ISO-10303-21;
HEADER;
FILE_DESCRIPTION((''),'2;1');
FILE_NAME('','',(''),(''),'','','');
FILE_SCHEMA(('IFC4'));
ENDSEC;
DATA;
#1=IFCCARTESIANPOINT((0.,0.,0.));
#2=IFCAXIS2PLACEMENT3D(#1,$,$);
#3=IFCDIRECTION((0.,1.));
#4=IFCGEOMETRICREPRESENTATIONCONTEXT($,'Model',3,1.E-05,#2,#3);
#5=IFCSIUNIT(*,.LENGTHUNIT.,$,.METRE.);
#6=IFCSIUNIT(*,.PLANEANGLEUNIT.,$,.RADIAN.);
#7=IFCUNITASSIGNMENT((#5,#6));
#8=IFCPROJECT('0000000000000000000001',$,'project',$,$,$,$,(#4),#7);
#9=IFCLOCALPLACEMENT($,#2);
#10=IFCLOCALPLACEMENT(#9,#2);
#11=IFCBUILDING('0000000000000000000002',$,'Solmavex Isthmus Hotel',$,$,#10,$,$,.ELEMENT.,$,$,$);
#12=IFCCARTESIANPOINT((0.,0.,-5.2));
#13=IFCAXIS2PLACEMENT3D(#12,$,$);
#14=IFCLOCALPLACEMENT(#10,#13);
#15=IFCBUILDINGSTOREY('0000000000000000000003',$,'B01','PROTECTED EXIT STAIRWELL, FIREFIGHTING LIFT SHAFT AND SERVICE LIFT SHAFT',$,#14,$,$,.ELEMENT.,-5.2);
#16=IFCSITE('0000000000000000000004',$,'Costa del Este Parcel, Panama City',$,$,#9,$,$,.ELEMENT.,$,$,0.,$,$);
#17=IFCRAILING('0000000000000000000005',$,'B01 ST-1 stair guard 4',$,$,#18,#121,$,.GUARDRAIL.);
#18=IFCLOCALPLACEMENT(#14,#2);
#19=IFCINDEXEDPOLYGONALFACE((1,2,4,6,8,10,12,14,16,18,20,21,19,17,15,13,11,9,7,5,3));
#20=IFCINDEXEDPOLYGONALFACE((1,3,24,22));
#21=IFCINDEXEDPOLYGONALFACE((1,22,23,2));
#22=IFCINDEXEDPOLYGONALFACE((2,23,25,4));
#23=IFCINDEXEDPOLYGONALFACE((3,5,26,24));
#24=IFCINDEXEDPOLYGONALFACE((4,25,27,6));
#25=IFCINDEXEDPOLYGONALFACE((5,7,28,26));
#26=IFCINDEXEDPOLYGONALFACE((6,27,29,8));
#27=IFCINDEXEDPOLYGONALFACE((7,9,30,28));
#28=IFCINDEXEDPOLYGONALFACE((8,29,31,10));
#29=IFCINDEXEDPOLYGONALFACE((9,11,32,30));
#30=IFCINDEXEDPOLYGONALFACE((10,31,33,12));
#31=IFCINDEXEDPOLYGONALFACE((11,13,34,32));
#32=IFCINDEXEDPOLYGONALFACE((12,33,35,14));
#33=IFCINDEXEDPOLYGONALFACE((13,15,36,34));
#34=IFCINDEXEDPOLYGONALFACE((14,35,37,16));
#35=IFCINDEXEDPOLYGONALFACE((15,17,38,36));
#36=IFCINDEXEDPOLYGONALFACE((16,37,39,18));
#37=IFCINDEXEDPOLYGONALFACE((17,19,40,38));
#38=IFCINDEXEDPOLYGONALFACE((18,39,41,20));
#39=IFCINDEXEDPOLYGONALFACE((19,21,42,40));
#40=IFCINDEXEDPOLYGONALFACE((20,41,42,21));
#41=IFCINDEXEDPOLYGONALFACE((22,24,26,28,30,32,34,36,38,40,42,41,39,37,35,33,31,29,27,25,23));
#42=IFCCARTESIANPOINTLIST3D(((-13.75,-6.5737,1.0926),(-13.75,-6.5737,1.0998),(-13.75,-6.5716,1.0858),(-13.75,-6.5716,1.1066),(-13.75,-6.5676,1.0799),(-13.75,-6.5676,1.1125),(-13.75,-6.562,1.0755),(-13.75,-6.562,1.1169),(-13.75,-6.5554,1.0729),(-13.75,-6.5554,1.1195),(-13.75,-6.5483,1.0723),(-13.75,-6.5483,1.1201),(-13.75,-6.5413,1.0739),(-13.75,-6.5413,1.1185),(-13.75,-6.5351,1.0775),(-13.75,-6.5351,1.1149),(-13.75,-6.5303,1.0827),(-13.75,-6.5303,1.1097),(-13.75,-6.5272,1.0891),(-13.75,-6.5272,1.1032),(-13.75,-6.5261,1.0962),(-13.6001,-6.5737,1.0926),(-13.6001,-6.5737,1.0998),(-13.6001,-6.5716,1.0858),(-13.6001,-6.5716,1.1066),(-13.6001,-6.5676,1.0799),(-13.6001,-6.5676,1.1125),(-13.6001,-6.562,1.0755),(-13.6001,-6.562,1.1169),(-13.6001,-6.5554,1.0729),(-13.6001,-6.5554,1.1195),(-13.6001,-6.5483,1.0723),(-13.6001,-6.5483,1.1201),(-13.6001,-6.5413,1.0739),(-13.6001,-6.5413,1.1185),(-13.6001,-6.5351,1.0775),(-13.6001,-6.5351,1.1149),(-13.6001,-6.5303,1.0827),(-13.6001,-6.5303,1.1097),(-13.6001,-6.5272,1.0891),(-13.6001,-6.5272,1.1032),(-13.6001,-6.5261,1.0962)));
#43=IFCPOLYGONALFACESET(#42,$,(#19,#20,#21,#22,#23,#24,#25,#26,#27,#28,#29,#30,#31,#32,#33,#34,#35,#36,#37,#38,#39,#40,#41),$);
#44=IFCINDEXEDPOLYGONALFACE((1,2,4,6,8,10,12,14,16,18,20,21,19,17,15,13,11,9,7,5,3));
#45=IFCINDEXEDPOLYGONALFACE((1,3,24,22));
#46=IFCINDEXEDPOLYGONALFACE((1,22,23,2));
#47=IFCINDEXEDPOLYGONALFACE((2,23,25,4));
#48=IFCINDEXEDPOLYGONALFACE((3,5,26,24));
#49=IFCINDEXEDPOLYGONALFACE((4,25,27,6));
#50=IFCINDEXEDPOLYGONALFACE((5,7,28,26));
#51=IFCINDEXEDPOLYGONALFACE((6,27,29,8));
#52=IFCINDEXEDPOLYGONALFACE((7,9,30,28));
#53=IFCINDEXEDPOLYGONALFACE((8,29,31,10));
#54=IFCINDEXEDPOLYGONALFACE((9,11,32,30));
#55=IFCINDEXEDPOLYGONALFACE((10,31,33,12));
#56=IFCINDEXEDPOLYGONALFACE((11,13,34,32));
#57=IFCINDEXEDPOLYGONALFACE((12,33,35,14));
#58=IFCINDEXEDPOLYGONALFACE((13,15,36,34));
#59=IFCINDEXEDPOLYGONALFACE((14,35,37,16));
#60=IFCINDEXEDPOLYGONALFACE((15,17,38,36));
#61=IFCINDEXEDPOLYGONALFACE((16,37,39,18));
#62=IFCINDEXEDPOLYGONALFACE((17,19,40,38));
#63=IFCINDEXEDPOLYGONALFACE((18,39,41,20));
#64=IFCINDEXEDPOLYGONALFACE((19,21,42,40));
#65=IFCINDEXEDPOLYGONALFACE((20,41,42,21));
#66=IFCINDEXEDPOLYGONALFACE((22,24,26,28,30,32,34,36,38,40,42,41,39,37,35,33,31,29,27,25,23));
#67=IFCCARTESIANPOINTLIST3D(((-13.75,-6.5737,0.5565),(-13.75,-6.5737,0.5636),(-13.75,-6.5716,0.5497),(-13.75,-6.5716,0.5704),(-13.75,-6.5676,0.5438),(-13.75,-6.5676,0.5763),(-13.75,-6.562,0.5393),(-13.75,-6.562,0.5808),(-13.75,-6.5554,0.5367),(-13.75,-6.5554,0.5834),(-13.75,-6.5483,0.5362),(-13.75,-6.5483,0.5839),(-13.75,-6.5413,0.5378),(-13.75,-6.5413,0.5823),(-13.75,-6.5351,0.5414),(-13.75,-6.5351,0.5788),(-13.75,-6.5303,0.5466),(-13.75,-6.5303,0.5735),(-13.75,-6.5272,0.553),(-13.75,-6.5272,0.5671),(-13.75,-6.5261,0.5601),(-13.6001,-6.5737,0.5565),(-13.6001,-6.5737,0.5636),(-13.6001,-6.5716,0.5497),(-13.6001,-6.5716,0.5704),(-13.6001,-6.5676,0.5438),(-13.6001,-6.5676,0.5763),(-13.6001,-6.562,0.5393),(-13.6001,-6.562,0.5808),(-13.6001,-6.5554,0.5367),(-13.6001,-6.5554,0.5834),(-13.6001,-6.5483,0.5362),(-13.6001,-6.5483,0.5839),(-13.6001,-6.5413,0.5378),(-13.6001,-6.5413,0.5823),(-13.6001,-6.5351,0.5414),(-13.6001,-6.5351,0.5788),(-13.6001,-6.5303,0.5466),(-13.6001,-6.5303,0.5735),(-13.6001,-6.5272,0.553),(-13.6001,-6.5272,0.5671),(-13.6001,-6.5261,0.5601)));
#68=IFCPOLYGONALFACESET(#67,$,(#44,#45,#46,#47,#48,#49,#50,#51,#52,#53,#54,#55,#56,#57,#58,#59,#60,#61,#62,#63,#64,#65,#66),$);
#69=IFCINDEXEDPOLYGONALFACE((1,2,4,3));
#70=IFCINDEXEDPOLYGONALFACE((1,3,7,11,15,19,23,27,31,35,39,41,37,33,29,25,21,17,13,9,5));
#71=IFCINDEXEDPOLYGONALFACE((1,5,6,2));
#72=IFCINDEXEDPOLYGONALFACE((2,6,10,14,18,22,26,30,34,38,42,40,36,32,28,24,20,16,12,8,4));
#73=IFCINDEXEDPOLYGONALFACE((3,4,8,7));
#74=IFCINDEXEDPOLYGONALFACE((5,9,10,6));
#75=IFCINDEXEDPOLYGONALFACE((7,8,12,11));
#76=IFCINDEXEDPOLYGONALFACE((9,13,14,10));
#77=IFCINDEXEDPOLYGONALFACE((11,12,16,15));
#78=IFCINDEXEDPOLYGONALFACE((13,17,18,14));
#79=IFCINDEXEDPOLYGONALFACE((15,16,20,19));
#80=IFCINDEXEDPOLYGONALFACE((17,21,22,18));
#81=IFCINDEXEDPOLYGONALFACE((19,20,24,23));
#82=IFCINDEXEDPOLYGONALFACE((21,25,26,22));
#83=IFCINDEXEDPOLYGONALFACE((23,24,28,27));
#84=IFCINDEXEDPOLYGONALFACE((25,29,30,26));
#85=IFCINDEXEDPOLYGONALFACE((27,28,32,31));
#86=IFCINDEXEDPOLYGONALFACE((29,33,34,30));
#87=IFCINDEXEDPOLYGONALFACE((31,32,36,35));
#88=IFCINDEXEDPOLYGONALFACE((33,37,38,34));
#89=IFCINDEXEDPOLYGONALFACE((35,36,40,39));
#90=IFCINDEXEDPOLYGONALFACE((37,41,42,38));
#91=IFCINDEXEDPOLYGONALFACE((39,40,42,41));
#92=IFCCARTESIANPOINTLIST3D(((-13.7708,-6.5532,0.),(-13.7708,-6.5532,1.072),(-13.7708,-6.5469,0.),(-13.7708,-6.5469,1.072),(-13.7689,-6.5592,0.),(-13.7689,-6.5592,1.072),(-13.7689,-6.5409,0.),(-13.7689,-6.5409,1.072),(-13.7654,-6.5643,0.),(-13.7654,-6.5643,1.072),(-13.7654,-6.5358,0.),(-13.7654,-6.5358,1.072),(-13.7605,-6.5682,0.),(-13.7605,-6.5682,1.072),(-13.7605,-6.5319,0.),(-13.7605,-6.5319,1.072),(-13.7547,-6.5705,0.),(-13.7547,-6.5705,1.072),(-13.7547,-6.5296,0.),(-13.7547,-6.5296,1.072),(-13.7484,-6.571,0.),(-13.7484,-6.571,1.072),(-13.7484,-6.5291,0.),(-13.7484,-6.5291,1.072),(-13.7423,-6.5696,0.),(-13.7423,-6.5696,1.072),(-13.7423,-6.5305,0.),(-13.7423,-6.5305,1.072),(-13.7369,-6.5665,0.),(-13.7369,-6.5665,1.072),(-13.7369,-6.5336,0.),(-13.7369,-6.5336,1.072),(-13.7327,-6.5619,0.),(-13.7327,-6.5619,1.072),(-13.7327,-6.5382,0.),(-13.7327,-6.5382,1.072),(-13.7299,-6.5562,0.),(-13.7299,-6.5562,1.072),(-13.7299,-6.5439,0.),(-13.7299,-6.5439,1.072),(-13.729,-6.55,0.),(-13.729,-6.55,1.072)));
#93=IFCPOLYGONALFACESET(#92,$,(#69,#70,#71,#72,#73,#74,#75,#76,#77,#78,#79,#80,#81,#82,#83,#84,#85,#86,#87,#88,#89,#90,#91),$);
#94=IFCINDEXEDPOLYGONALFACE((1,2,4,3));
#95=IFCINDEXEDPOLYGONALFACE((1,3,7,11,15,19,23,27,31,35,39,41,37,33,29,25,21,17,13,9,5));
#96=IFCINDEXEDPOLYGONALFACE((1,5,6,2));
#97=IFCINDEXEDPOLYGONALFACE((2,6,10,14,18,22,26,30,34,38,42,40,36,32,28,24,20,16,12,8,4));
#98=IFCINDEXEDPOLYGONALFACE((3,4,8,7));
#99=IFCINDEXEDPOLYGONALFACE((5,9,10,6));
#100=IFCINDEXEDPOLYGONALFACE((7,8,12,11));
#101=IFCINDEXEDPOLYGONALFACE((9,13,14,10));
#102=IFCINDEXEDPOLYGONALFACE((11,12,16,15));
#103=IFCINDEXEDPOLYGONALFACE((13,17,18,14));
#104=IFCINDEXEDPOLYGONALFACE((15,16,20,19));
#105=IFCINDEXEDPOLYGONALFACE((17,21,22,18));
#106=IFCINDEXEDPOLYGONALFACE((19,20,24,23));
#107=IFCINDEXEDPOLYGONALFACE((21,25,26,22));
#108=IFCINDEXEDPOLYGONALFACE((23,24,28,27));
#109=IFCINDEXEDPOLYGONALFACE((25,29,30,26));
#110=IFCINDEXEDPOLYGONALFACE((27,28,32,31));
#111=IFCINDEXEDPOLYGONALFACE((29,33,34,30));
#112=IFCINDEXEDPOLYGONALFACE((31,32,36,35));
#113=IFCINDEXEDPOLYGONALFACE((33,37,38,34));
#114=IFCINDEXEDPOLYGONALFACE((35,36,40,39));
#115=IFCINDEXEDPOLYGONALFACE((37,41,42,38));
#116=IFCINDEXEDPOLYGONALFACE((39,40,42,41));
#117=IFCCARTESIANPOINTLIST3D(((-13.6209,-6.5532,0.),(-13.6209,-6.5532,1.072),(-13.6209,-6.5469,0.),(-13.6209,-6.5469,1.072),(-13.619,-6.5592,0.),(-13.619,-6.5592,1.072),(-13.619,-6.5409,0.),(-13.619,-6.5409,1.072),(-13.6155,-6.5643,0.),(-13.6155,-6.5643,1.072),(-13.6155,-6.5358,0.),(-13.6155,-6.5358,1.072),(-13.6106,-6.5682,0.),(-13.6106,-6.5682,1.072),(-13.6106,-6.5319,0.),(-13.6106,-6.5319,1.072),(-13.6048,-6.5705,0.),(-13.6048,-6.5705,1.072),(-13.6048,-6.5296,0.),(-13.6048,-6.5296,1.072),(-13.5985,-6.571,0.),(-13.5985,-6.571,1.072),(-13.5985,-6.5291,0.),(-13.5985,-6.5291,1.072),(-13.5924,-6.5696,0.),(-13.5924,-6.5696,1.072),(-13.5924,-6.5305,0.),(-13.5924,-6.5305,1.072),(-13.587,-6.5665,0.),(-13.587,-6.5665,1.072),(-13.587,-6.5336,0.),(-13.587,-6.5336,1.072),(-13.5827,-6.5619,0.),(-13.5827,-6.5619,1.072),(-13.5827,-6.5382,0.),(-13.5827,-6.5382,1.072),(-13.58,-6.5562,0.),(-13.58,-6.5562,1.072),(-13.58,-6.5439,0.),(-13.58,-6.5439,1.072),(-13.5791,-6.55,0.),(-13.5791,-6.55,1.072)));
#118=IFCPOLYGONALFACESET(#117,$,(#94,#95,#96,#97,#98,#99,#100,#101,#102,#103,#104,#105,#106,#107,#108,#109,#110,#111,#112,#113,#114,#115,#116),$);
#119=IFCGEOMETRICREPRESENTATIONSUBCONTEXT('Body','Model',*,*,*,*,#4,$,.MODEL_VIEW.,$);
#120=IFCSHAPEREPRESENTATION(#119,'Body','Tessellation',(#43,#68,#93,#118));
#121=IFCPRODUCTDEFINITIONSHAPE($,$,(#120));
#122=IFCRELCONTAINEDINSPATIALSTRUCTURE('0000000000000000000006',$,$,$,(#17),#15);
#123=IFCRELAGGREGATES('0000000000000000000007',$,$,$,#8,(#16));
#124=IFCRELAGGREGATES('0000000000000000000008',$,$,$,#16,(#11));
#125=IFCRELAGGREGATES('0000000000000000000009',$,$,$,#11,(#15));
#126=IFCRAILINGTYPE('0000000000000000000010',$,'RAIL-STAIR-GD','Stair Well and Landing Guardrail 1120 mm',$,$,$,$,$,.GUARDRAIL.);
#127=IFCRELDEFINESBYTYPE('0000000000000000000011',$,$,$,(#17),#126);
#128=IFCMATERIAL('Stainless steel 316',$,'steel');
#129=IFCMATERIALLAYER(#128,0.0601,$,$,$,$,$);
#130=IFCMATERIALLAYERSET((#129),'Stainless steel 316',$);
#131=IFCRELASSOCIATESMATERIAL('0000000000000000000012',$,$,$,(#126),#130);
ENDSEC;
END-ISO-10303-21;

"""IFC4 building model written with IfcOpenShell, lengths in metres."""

from ifc_helpers import new_model, si_unit, direction, frame, origin, origin_2d, place, context, subcontext, project, spatial, circle, extrude, material, layer, layer_set, type_object, element, save


model = new_model("IFC4")

# Units and contexts
model_context = context("Model", 3, precision=1e-05, world=origin(), true_north=direction((0.0, 1.0)))
body_context = subcontext(model_context, "Body", "Model", "MODEL_VIEW")
ifc_project = project(units=[si_unit("LENGTHUNIT", "METRE"), si_unit("PLANEANGLEUNIT", "RADIAN")], contexts=[model_context])

# Site, building, storey
site_placement = place(None, origin())
site = spatial("IfcSite", under=ifc_project, at=site_placement, Name="Costa del Este Parcel, Panama City", CompositionType="ELEMENT", RefElevation=0.0)
building_placement = place(site_placement, origin())
building = spatial("IfcBuilding", under=site, at=building_placement, Name="Solmavex Isthmus Hotel", CompositionType="ELEMENT")
storey_placement = place(building_placement, frame((0.0, 0.0, -5.2)))
storey = spatial("IfcBuildingStorey", under=building, at=storey_placement, Name="B01", Description="PROTECTED EXIT STAIRWELL, FIREFIGHTING LIFT SHAFT AND SERVICE LIFT SHAFT", CompositionType="ELEMENT", Elevation=-5.2)

# Railing
ifc_material_1 = material(Name="Stainless steel 316", Category="steel")
ifc_layer_1 = layer(ifc_material_1, 0.0601)
ifc_layer_set_1 = layer_set([ifc_layer_1], Name="Stainless steel 316")
railing_type_1 = type_object("IfcRailingType", Name="RAIL-STAIR-GD", Description="Stair Well and Landing Guardrail 1120 mm", PredefinedType="GUARDRAIL", material=ifc_layer_set_1)
railing_1_placement = place(storey_placement, frame((-13.75, -6.55, 0.0)))
element("IfcRailing", 1, at=railing_1_placement, inside=storey, type_object=railing_type_1, Name="B01 ST-1 stair guard 4", PredefinedType="GUARDRAIL", context=body_context, shape_type="SweptSolid", body=[
    extrude(circle(Radius=0.0239, at=origin_2d()), frame((0.0, 0.0, 1.0962), z_axis=(1.0, 0.0, 0.0), x_axis=(0.0, 1.0, 0.0)), (0.0, 0.0, 1.0), 0.1499),
    extrude(circle(Radius=0.0239, at=origin_2d()), frame((0.0, 0.0, 0.5601), z_axis=(1.0, 0.0, 0.0), x_axis=(0.0, 1.0, 0.0)), (0.0, 0.0, 1.0), 0.1499),
    extrude(circle(Radius=0.021, at=origin_2d()), origin(), (0.0, 0.0, 1.0), 1.072),
    extrude(circle(Radius=0.021, at=origin_2d()), frame((0.1499, 0.0, 0.0)), (0.0, 0.0, 1.0), 1.072),
])

save(model, "model.ifc")
